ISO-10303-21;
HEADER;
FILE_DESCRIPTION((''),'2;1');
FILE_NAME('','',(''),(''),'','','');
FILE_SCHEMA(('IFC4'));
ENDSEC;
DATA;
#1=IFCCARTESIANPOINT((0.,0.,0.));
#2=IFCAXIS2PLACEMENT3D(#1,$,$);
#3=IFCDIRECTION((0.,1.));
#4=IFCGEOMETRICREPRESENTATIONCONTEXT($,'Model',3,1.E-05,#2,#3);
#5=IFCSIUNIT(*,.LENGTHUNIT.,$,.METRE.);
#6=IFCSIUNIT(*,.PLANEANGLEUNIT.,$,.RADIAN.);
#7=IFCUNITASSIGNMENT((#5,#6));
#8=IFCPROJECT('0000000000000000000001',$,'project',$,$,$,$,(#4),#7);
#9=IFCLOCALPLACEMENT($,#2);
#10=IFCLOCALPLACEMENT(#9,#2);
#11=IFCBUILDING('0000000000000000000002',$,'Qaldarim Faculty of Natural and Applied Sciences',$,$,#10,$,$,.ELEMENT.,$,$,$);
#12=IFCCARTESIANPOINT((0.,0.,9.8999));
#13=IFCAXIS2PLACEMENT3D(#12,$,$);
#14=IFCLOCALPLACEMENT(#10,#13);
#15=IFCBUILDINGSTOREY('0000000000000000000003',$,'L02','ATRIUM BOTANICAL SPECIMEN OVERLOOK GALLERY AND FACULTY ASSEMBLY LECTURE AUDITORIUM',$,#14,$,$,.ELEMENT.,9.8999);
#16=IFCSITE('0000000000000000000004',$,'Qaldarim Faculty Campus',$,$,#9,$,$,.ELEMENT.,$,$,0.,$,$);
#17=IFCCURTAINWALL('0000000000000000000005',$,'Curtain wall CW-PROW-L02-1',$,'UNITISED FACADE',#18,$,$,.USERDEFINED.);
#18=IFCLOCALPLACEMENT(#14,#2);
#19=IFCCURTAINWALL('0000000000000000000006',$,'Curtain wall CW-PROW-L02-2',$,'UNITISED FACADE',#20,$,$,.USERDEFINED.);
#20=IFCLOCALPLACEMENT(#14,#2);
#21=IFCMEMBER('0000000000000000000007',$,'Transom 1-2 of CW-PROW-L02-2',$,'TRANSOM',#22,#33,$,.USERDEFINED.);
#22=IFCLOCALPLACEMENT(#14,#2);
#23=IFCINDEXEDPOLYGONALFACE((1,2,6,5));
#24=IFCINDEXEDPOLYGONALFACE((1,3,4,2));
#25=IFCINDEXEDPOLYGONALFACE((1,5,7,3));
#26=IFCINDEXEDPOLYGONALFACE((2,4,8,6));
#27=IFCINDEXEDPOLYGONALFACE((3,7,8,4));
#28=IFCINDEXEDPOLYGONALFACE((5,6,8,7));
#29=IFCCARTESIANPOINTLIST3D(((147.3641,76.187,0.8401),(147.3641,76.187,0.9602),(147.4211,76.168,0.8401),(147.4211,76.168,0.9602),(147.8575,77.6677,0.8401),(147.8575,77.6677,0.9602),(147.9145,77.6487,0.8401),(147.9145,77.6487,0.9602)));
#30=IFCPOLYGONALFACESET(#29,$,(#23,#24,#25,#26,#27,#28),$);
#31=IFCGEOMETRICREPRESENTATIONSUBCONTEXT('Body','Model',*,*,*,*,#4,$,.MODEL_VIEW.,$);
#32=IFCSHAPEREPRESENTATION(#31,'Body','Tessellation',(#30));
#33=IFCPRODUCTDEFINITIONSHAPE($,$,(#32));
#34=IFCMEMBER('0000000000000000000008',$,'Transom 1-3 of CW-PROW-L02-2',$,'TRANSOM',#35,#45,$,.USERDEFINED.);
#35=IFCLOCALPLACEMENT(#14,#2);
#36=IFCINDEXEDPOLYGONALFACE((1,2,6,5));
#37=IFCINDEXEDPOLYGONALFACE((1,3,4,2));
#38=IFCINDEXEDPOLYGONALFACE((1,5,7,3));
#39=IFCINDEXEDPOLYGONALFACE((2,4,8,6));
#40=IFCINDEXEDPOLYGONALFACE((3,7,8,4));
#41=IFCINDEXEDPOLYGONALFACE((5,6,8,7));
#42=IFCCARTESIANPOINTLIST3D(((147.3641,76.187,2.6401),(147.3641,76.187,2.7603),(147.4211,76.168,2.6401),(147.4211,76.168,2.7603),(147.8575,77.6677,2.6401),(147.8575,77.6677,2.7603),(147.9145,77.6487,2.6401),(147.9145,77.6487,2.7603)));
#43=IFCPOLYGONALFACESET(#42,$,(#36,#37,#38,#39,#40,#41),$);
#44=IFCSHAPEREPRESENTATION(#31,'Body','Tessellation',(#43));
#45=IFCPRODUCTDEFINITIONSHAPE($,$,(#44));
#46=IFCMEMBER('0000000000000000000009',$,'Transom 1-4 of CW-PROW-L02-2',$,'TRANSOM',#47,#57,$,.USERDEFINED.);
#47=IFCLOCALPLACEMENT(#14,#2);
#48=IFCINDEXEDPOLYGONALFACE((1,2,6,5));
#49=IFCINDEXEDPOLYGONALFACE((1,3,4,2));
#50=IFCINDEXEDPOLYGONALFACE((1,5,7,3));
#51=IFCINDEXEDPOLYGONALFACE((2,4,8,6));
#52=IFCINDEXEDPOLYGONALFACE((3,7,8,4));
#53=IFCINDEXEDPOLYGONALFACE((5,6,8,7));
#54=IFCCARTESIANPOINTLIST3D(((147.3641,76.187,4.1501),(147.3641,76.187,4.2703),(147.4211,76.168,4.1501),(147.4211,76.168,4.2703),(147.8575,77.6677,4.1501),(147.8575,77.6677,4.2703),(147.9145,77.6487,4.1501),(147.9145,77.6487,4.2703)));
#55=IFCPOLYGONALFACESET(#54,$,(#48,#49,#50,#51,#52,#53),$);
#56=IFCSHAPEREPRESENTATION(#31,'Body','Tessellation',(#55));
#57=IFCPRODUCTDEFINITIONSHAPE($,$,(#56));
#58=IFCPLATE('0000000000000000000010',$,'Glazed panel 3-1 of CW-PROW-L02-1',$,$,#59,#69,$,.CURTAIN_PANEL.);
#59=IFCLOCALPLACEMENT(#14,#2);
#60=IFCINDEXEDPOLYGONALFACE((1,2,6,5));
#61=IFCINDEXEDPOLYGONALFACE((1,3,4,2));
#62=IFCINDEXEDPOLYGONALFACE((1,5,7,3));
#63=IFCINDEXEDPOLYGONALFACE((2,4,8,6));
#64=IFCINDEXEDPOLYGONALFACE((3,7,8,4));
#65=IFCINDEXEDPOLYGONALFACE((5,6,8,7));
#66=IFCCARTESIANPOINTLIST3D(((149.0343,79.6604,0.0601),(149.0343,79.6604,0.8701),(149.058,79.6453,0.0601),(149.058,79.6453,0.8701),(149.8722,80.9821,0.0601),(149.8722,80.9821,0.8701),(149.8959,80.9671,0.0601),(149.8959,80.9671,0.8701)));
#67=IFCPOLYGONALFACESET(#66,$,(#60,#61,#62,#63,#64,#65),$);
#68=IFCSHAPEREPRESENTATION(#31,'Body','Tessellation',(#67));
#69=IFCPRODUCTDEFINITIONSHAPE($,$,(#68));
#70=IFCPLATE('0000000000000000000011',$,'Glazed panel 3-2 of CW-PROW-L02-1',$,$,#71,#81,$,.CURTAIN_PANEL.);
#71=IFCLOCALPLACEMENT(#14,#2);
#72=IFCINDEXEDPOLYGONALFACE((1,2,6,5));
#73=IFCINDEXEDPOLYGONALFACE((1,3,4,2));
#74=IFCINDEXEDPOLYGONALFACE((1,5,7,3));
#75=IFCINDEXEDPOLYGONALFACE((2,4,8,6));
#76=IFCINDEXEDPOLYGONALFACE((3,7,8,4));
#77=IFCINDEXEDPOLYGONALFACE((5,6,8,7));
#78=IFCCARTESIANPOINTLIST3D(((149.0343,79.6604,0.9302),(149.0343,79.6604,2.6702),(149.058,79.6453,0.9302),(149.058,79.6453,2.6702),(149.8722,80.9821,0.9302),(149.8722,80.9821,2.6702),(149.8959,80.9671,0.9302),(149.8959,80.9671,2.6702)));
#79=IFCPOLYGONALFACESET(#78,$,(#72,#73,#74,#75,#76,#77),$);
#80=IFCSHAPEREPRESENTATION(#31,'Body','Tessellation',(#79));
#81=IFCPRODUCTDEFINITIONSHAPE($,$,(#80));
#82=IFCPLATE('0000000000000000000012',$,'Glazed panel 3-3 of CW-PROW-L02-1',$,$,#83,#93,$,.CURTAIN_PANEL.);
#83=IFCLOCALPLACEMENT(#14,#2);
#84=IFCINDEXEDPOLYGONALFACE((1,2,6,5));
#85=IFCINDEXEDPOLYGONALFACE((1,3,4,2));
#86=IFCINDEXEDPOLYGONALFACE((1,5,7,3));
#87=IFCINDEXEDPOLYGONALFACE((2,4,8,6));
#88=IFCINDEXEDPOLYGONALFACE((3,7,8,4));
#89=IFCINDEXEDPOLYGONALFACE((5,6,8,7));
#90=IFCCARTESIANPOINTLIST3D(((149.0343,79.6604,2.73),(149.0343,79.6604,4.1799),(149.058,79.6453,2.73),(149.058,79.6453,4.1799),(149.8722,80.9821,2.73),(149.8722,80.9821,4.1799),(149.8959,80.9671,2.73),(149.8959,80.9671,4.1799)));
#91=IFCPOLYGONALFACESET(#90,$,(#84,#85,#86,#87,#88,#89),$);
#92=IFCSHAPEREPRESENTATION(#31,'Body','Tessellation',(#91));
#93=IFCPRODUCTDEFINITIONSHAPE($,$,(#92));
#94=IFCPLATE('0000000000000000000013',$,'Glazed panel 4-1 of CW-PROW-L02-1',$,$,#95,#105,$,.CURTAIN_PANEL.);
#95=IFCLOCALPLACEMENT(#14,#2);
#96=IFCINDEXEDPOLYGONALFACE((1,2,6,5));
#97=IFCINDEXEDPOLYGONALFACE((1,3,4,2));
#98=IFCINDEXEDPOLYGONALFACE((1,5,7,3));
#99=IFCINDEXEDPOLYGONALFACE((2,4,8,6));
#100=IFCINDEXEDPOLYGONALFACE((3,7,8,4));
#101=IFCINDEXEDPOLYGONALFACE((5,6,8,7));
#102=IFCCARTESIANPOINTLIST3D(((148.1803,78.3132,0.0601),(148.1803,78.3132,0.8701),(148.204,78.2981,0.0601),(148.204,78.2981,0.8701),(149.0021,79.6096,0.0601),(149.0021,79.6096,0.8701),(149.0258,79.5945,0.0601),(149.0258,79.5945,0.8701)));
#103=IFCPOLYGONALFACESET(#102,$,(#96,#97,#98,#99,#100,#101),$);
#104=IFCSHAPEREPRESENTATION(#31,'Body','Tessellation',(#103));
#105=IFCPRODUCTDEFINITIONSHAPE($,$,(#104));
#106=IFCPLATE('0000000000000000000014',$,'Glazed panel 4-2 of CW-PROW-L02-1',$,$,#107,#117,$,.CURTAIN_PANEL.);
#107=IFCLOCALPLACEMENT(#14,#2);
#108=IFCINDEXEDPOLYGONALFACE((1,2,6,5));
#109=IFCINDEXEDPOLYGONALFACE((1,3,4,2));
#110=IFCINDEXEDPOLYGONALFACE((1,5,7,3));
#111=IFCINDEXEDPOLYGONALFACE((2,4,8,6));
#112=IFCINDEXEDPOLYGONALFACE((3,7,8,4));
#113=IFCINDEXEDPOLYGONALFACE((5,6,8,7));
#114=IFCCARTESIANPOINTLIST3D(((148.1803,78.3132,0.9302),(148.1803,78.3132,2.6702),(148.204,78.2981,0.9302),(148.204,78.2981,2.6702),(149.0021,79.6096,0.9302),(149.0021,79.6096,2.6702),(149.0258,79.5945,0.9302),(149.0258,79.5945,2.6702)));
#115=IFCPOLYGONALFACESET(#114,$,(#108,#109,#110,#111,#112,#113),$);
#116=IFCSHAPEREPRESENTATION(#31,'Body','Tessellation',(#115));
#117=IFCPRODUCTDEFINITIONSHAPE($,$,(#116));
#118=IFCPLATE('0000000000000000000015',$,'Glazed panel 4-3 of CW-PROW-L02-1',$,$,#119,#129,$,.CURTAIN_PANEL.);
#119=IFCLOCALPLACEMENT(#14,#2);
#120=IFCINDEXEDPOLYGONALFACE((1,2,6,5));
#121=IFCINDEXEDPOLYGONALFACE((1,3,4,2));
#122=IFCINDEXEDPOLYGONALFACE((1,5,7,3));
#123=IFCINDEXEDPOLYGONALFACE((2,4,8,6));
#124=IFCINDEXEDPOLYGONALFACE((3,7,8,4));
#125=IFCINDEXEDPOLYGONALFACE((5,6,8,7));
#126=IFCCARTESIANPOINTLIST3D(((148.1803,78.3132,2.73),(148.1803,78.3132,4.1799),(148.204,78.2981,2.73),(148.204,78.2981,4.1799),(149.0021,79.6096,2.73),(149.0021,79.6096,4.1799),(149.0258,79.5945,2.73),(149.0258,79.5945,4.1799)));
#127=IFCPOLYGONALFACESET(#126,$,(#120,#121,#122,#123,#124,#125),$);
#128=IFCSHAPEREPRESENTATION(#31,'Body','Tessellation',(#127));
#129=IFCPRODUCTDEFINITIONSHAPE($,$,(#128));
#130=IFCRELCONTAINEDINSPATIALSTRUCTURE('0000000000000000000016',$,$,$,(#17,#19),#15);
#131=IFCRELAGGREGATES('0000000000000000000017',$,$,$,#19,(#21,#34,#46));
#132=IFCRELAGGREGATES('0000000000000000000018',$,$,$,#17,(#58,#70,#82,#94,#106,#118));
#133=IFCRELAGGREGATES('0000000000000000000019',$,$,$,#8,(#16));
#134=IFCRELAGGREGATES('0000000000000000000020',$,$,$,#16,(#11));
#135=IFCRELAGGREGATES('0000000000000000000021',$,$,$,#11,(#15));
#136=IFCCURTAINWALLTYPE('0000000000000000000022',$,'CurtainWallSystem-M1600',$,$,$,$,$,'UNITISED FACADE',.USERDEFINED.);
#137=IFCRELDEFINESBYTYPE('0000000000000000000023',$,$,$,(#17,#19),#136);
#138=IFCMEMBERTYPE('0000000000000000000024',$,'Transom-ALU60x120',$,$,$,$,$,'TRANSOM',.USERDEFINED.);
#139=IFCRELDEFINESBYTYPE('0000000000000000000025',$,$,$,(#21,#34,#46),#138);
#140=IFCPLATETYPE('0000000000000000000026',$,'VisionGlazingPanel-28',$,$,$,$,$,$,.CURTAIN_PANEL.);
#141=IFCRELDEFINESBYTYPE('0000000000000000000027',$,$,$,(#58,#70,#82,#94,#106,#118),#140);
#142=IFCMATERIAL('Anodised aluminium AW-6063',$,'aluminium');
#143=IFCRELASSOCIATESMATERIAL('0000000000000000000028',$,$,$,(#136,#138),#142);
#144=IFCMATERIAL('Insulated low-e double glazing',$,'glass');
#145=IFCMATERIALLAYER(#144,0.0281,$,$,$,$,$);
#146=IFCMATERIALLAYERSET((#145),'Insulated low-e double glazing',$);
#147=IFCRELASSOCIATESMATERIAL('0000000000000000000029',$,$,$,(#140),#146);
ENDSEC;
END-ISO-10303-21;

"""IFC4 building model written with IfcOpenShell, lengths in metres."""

from ifc_helpers import new_model, si_unit, direction, frame, origin, origin_2d, place, context, subcontext, project, spatial, rectangle, extrude, material, layer, layer_set, material_profile, profile_set, type_object, element, aggregate, save


model = new_model("IFC4")

# Units and contexts
model_context = context("Model", 3, precision=1e-05, world=origin(), true_north=direction((0.0, 1.0)))
body_context = subcontext(model_context, "Body", "Model", "MODEL_VIEW")
ifc_project = project(units=[si_unit("LENGTHUNIT", "METRE"), si_unit("PLANEANGLEUNIT", "RADIAN")], contexts=[model_context])

# Site, building, storey
site_placement = place(None, origin())
site = spatial("IfcSite", under=ifc_project, at=site_placement, Name="Qaldarim Faculty Campus", CompositionType="ELEMENT", RefElevation=0.0)
building_placement = place(site_placement, origin())
building = spatial("IfcBuilding", under=site, at=building_placement, Name="Qaldarim Faculty of Natural and Applied Sciences", CompositionType="ELEMENT")
storey_placement = place(building_placement, frame((0.0, 0.0, 9.8999)))
storey = spatial("IfcBuildingStorey", under=building, at=storey_placement, Name="L02", Description="ATRIUM BOTANICAL SPECIMEN OVERLOOK GALLERY AND FACULTY ASSEMBLY LECTURE AUDITORIUM", CompositionType="ELEMENT", Elevation=9.8999)

# Curtain wall
ifc_material_1 = material(Name="Anodised aluminium AW-6063", Category="aluminium")
curtain_wall_type = type_object("IfcCurtainWallType", Name="CurtainWallSystem-M1600", ElementType="UNITISED FACADE", PredefinedType="USERDEFINED", material=ifc_material_1)
curtain_wall_1_placement = place(storey_placement, origin())
curtain_wall_1 = element("IfcCurtainWall", 1, at=curtain_wall_1_placement, inside=storey, type_object=curtain_wall_type, Name="Curtain wall CW-PROW-L02-1", ObjectType="UNITISED FACADE", PredefinedType="USERDEFINED")

# Curtain wall
curtain_wall_2_placement = place(storey_placement, origin())
curtain_wall_2 = element("IfcCurtainWall", 2, at=curtain_wall_2_placement, inside=storey, type_object=curtain_wall_type, Name="Curtain wall CW-PROW-L02-2", ObjectType="UNITISED FACADE", PredefinedType="USERDEFINED")

# Members
ifc_material_profile_1 = material_profile(ifc_material_1, rectangle(XDim=0.0601, YDim=0.1201, at=origin_2d()), Name="ALU-T60x120")
ifc_profile_set_1 = profile_set([ifc_material_profile_1], Name="Anodised aluminium AW-6063")
member_type_1 = type_object("IfcMemberType", Name="Transom-ALU60x120", ElementType="TRANSOM", PredefinedType="USERDEFINED", material=ifc_profile_set_1)
member_1_placement = place(storey_placement, frame((147.886, 77.6582, 0.9001), z_axis=(-0.316134, -0.948715, 0.0), x_axis=(0.948715, -0.316134, 0.0)))
member_1 = element("IfcMember", 3, at=member_1_placement, type_object=member_type_1, Name="Transom 1-2 of CW-PROW-L02-2", ObjectType="TRANSOM", PredefinedType="USERDEFINED", context=body_context, shape_type="SweptSolid", body=[
    extrude(rectangle(XDim=0.0601, YDim=0.1201, at=origin_2d()), origin(), (0.0, 0.0, 1.0), 1.5608),
])
member_2_placement = place(storey_placement, frame((147.886, 77.6582, 2.7002), z_axis=(-0.316134, -0.948715, 0.0), x_axis=(0.948715, -0.316134, 0.0)))
member_2 = element("IfcMember", 4, at=member_2_placement, type_object=member_type_1, Name="Transom 1-3 of CW-PROW-L02-2", ObjectType="TRANSOM", PredefinedType="USERDEFINED", context=body_context, shape_type="SweptSolid", body=[
    extrude(rectangle(XDim=0.0601, YDim=0.1201, at=origin_2d()), origin(), (0.0, 0.0, 1.0), 1.5608),
])
member_3_placement = place(storey_placement, frame((147.886, 77.6582, 4.2102), z_axis=(-0.316134, -0.948715, 0.0), x_axis=(0.948715, -0.316134, 0.0)))
member_3 = element("IfcMember", 5, at=member_3_placement, type_object=member_type_1, Name="Transom 1-4 of CW-PROW-L02-2", ObjectType="TRANSOM", PredefinedType="USERDEFINED", context=body_context, shape_type="SweptSolid", body=[
    extrude(rectangle(XDim=0.0601, YDim=0.1201, at=origin_2d()), origin(), (0.0, 0.0, 1.0), 1.5608),
])
aggregate(curtain_wall_2, [member_1, member_2, member_3])

# Plates
ifc_material_2 = material(Name="Insulated low-e double glazing", Category="glass")
ifc_layer = layer(ifc_material_2, 0.0281)
ifc_layer_set = layer_set([ifc_layer], Name="Insulated low-e double glazing")
plate_type = type_object("IfcPlateType", Name="VisionGlazingPanel-28", PredefinedType="CURTAIN_PANEL", material=ifc_layer_set)
plate_1_placement = place(storey_placement, frame((149.4651, 80.3137, 0.0601), z_axis=(0.0, 0.0, 1.0), x_axis=(-0.535385, -0.844608, 0.0)))
plate_1 = element("IfcPlate", 6, at=plate_1_placement, type_object=plate_type, Name="Glazed panel 3-1 of CW-PROW-L02-1", PredefinedType="CURTAIN_PANEL", context=body_context, shape_type="SweptSolid", body=[
    extrude(rectangle(XDim=1.5649, YDim=0.0281, at=origin_2d()), origin(), (0.0, 0.0, 1.0), 0.8101),
])
plate_2_placement = place(storey_placement, frame((149.4651, 80.3137, 0.9302), z_axis=(0.0, 0.0, 1.0), x_axis=(-0.535385, -0.844608, 0.0)))
plate_2 = element("IfcPlate", 7, at=plate_2_placement, type_object=plate_type, Name="Glazed panel 3-2 of CW-PROW-L02-1", PredefinedType="CURTAIN_PANEL", context=body_context, shape_type="SweptSolid", body=[
    extrude(rectangle(XDim=1.5649, YDim=0.0281, at=origin_2d()), origin(), (0.0, 0.0, 1.0), 1.74),
])
plate_3_placement = place(storey_placement, frame((149.4651, 80.3137, 2.73), z_axis=(0.0, 0.0, 1.0), x_axis=(-0.535385, -0.844608, 0.0)))
plate_3 = element("IfcPlate", 8, at=plate_3_placement, type_object=plate_type, Name="Glazed panel 3-3 of CW-PROW-L02-1", PredefinedType="CURTAIN_PANEL", context=body_context, shape_type="SweptSolid", body=[
    extrude(rectangle(XDim=1.5649, YDim=0.0281, at=origin_2d()), origin(), (0.0, 0.0, 1.0), 1.45),
])
plate_4_placement = place(storey_placement, frame((148.603, 78.9539, 0.0601), z_axis=(0.0, 0.0, 1.0), x_axis=(-0.535385, -0.844608, 0.0)))
plate_4 = element("IfcPlate", 9, at=plate_4_placement, type_object=plate_type, Name="Glazed panel 4-1 of CW-PROW-L02-1", PredefinedType="CURTAIN_PANEL", context=body_context, shape_type="SweptSolid", body=[
    extrude(rectangle(XDim=1.5349, YDim=0.0281, at=origin_2d()), origin(), (0.0, 0.0, 1.0), 0.8101),
])
plate_5_placement = place(storey_placement, frame((148.603, 78.9539, 0.9302), z_axis=(0.0, 0.0, 1.0), x_axis=(-0.535385, -0.844608, 0.0)))
plate_5 = element("IfcPlate", 10, at=plate_5_placement, type_object=plate_type, Name="Glazed panel 4-2 of CW-PROW-L02-1", PredefinedType="CURTAIN_PANEL", context=body_context, shape_type="SweptSolid", body=[
    extrude(rectangle(XDim=1.5349, YDim=0.0281, at=origin_2d()), origin(), (0.0, 0.0, 1.0), 1.74),
])
plate_6_placement = place(storey_placement, frame((148.603, 78.9539, 2.73), z_axis=(0.0, 0.0, 1.0), x_axis=(-0.535385, -0.844608, 0.0)))
plate_6 = element("IfcPlate", 11, at=plate_6_placement, type_object=plate_type, Name="Glazed panel 4-3 of CW-PROW-L02-1", PredefinedType="CURTAIN_PANEL", context=body_context, shape_type="SweptSolid", body=[
    extrude(rectangle(XDim=1.5349, YDim=0.0281, at=origin_2d()), origin(), (0.0, 0.0, 1.0), 1.45),
])
aggregate(curtain_wall_1, [plate_1, plate_2, plate_3, plate_4, plate_5, plate_6])

save(model, "model.ifc")
